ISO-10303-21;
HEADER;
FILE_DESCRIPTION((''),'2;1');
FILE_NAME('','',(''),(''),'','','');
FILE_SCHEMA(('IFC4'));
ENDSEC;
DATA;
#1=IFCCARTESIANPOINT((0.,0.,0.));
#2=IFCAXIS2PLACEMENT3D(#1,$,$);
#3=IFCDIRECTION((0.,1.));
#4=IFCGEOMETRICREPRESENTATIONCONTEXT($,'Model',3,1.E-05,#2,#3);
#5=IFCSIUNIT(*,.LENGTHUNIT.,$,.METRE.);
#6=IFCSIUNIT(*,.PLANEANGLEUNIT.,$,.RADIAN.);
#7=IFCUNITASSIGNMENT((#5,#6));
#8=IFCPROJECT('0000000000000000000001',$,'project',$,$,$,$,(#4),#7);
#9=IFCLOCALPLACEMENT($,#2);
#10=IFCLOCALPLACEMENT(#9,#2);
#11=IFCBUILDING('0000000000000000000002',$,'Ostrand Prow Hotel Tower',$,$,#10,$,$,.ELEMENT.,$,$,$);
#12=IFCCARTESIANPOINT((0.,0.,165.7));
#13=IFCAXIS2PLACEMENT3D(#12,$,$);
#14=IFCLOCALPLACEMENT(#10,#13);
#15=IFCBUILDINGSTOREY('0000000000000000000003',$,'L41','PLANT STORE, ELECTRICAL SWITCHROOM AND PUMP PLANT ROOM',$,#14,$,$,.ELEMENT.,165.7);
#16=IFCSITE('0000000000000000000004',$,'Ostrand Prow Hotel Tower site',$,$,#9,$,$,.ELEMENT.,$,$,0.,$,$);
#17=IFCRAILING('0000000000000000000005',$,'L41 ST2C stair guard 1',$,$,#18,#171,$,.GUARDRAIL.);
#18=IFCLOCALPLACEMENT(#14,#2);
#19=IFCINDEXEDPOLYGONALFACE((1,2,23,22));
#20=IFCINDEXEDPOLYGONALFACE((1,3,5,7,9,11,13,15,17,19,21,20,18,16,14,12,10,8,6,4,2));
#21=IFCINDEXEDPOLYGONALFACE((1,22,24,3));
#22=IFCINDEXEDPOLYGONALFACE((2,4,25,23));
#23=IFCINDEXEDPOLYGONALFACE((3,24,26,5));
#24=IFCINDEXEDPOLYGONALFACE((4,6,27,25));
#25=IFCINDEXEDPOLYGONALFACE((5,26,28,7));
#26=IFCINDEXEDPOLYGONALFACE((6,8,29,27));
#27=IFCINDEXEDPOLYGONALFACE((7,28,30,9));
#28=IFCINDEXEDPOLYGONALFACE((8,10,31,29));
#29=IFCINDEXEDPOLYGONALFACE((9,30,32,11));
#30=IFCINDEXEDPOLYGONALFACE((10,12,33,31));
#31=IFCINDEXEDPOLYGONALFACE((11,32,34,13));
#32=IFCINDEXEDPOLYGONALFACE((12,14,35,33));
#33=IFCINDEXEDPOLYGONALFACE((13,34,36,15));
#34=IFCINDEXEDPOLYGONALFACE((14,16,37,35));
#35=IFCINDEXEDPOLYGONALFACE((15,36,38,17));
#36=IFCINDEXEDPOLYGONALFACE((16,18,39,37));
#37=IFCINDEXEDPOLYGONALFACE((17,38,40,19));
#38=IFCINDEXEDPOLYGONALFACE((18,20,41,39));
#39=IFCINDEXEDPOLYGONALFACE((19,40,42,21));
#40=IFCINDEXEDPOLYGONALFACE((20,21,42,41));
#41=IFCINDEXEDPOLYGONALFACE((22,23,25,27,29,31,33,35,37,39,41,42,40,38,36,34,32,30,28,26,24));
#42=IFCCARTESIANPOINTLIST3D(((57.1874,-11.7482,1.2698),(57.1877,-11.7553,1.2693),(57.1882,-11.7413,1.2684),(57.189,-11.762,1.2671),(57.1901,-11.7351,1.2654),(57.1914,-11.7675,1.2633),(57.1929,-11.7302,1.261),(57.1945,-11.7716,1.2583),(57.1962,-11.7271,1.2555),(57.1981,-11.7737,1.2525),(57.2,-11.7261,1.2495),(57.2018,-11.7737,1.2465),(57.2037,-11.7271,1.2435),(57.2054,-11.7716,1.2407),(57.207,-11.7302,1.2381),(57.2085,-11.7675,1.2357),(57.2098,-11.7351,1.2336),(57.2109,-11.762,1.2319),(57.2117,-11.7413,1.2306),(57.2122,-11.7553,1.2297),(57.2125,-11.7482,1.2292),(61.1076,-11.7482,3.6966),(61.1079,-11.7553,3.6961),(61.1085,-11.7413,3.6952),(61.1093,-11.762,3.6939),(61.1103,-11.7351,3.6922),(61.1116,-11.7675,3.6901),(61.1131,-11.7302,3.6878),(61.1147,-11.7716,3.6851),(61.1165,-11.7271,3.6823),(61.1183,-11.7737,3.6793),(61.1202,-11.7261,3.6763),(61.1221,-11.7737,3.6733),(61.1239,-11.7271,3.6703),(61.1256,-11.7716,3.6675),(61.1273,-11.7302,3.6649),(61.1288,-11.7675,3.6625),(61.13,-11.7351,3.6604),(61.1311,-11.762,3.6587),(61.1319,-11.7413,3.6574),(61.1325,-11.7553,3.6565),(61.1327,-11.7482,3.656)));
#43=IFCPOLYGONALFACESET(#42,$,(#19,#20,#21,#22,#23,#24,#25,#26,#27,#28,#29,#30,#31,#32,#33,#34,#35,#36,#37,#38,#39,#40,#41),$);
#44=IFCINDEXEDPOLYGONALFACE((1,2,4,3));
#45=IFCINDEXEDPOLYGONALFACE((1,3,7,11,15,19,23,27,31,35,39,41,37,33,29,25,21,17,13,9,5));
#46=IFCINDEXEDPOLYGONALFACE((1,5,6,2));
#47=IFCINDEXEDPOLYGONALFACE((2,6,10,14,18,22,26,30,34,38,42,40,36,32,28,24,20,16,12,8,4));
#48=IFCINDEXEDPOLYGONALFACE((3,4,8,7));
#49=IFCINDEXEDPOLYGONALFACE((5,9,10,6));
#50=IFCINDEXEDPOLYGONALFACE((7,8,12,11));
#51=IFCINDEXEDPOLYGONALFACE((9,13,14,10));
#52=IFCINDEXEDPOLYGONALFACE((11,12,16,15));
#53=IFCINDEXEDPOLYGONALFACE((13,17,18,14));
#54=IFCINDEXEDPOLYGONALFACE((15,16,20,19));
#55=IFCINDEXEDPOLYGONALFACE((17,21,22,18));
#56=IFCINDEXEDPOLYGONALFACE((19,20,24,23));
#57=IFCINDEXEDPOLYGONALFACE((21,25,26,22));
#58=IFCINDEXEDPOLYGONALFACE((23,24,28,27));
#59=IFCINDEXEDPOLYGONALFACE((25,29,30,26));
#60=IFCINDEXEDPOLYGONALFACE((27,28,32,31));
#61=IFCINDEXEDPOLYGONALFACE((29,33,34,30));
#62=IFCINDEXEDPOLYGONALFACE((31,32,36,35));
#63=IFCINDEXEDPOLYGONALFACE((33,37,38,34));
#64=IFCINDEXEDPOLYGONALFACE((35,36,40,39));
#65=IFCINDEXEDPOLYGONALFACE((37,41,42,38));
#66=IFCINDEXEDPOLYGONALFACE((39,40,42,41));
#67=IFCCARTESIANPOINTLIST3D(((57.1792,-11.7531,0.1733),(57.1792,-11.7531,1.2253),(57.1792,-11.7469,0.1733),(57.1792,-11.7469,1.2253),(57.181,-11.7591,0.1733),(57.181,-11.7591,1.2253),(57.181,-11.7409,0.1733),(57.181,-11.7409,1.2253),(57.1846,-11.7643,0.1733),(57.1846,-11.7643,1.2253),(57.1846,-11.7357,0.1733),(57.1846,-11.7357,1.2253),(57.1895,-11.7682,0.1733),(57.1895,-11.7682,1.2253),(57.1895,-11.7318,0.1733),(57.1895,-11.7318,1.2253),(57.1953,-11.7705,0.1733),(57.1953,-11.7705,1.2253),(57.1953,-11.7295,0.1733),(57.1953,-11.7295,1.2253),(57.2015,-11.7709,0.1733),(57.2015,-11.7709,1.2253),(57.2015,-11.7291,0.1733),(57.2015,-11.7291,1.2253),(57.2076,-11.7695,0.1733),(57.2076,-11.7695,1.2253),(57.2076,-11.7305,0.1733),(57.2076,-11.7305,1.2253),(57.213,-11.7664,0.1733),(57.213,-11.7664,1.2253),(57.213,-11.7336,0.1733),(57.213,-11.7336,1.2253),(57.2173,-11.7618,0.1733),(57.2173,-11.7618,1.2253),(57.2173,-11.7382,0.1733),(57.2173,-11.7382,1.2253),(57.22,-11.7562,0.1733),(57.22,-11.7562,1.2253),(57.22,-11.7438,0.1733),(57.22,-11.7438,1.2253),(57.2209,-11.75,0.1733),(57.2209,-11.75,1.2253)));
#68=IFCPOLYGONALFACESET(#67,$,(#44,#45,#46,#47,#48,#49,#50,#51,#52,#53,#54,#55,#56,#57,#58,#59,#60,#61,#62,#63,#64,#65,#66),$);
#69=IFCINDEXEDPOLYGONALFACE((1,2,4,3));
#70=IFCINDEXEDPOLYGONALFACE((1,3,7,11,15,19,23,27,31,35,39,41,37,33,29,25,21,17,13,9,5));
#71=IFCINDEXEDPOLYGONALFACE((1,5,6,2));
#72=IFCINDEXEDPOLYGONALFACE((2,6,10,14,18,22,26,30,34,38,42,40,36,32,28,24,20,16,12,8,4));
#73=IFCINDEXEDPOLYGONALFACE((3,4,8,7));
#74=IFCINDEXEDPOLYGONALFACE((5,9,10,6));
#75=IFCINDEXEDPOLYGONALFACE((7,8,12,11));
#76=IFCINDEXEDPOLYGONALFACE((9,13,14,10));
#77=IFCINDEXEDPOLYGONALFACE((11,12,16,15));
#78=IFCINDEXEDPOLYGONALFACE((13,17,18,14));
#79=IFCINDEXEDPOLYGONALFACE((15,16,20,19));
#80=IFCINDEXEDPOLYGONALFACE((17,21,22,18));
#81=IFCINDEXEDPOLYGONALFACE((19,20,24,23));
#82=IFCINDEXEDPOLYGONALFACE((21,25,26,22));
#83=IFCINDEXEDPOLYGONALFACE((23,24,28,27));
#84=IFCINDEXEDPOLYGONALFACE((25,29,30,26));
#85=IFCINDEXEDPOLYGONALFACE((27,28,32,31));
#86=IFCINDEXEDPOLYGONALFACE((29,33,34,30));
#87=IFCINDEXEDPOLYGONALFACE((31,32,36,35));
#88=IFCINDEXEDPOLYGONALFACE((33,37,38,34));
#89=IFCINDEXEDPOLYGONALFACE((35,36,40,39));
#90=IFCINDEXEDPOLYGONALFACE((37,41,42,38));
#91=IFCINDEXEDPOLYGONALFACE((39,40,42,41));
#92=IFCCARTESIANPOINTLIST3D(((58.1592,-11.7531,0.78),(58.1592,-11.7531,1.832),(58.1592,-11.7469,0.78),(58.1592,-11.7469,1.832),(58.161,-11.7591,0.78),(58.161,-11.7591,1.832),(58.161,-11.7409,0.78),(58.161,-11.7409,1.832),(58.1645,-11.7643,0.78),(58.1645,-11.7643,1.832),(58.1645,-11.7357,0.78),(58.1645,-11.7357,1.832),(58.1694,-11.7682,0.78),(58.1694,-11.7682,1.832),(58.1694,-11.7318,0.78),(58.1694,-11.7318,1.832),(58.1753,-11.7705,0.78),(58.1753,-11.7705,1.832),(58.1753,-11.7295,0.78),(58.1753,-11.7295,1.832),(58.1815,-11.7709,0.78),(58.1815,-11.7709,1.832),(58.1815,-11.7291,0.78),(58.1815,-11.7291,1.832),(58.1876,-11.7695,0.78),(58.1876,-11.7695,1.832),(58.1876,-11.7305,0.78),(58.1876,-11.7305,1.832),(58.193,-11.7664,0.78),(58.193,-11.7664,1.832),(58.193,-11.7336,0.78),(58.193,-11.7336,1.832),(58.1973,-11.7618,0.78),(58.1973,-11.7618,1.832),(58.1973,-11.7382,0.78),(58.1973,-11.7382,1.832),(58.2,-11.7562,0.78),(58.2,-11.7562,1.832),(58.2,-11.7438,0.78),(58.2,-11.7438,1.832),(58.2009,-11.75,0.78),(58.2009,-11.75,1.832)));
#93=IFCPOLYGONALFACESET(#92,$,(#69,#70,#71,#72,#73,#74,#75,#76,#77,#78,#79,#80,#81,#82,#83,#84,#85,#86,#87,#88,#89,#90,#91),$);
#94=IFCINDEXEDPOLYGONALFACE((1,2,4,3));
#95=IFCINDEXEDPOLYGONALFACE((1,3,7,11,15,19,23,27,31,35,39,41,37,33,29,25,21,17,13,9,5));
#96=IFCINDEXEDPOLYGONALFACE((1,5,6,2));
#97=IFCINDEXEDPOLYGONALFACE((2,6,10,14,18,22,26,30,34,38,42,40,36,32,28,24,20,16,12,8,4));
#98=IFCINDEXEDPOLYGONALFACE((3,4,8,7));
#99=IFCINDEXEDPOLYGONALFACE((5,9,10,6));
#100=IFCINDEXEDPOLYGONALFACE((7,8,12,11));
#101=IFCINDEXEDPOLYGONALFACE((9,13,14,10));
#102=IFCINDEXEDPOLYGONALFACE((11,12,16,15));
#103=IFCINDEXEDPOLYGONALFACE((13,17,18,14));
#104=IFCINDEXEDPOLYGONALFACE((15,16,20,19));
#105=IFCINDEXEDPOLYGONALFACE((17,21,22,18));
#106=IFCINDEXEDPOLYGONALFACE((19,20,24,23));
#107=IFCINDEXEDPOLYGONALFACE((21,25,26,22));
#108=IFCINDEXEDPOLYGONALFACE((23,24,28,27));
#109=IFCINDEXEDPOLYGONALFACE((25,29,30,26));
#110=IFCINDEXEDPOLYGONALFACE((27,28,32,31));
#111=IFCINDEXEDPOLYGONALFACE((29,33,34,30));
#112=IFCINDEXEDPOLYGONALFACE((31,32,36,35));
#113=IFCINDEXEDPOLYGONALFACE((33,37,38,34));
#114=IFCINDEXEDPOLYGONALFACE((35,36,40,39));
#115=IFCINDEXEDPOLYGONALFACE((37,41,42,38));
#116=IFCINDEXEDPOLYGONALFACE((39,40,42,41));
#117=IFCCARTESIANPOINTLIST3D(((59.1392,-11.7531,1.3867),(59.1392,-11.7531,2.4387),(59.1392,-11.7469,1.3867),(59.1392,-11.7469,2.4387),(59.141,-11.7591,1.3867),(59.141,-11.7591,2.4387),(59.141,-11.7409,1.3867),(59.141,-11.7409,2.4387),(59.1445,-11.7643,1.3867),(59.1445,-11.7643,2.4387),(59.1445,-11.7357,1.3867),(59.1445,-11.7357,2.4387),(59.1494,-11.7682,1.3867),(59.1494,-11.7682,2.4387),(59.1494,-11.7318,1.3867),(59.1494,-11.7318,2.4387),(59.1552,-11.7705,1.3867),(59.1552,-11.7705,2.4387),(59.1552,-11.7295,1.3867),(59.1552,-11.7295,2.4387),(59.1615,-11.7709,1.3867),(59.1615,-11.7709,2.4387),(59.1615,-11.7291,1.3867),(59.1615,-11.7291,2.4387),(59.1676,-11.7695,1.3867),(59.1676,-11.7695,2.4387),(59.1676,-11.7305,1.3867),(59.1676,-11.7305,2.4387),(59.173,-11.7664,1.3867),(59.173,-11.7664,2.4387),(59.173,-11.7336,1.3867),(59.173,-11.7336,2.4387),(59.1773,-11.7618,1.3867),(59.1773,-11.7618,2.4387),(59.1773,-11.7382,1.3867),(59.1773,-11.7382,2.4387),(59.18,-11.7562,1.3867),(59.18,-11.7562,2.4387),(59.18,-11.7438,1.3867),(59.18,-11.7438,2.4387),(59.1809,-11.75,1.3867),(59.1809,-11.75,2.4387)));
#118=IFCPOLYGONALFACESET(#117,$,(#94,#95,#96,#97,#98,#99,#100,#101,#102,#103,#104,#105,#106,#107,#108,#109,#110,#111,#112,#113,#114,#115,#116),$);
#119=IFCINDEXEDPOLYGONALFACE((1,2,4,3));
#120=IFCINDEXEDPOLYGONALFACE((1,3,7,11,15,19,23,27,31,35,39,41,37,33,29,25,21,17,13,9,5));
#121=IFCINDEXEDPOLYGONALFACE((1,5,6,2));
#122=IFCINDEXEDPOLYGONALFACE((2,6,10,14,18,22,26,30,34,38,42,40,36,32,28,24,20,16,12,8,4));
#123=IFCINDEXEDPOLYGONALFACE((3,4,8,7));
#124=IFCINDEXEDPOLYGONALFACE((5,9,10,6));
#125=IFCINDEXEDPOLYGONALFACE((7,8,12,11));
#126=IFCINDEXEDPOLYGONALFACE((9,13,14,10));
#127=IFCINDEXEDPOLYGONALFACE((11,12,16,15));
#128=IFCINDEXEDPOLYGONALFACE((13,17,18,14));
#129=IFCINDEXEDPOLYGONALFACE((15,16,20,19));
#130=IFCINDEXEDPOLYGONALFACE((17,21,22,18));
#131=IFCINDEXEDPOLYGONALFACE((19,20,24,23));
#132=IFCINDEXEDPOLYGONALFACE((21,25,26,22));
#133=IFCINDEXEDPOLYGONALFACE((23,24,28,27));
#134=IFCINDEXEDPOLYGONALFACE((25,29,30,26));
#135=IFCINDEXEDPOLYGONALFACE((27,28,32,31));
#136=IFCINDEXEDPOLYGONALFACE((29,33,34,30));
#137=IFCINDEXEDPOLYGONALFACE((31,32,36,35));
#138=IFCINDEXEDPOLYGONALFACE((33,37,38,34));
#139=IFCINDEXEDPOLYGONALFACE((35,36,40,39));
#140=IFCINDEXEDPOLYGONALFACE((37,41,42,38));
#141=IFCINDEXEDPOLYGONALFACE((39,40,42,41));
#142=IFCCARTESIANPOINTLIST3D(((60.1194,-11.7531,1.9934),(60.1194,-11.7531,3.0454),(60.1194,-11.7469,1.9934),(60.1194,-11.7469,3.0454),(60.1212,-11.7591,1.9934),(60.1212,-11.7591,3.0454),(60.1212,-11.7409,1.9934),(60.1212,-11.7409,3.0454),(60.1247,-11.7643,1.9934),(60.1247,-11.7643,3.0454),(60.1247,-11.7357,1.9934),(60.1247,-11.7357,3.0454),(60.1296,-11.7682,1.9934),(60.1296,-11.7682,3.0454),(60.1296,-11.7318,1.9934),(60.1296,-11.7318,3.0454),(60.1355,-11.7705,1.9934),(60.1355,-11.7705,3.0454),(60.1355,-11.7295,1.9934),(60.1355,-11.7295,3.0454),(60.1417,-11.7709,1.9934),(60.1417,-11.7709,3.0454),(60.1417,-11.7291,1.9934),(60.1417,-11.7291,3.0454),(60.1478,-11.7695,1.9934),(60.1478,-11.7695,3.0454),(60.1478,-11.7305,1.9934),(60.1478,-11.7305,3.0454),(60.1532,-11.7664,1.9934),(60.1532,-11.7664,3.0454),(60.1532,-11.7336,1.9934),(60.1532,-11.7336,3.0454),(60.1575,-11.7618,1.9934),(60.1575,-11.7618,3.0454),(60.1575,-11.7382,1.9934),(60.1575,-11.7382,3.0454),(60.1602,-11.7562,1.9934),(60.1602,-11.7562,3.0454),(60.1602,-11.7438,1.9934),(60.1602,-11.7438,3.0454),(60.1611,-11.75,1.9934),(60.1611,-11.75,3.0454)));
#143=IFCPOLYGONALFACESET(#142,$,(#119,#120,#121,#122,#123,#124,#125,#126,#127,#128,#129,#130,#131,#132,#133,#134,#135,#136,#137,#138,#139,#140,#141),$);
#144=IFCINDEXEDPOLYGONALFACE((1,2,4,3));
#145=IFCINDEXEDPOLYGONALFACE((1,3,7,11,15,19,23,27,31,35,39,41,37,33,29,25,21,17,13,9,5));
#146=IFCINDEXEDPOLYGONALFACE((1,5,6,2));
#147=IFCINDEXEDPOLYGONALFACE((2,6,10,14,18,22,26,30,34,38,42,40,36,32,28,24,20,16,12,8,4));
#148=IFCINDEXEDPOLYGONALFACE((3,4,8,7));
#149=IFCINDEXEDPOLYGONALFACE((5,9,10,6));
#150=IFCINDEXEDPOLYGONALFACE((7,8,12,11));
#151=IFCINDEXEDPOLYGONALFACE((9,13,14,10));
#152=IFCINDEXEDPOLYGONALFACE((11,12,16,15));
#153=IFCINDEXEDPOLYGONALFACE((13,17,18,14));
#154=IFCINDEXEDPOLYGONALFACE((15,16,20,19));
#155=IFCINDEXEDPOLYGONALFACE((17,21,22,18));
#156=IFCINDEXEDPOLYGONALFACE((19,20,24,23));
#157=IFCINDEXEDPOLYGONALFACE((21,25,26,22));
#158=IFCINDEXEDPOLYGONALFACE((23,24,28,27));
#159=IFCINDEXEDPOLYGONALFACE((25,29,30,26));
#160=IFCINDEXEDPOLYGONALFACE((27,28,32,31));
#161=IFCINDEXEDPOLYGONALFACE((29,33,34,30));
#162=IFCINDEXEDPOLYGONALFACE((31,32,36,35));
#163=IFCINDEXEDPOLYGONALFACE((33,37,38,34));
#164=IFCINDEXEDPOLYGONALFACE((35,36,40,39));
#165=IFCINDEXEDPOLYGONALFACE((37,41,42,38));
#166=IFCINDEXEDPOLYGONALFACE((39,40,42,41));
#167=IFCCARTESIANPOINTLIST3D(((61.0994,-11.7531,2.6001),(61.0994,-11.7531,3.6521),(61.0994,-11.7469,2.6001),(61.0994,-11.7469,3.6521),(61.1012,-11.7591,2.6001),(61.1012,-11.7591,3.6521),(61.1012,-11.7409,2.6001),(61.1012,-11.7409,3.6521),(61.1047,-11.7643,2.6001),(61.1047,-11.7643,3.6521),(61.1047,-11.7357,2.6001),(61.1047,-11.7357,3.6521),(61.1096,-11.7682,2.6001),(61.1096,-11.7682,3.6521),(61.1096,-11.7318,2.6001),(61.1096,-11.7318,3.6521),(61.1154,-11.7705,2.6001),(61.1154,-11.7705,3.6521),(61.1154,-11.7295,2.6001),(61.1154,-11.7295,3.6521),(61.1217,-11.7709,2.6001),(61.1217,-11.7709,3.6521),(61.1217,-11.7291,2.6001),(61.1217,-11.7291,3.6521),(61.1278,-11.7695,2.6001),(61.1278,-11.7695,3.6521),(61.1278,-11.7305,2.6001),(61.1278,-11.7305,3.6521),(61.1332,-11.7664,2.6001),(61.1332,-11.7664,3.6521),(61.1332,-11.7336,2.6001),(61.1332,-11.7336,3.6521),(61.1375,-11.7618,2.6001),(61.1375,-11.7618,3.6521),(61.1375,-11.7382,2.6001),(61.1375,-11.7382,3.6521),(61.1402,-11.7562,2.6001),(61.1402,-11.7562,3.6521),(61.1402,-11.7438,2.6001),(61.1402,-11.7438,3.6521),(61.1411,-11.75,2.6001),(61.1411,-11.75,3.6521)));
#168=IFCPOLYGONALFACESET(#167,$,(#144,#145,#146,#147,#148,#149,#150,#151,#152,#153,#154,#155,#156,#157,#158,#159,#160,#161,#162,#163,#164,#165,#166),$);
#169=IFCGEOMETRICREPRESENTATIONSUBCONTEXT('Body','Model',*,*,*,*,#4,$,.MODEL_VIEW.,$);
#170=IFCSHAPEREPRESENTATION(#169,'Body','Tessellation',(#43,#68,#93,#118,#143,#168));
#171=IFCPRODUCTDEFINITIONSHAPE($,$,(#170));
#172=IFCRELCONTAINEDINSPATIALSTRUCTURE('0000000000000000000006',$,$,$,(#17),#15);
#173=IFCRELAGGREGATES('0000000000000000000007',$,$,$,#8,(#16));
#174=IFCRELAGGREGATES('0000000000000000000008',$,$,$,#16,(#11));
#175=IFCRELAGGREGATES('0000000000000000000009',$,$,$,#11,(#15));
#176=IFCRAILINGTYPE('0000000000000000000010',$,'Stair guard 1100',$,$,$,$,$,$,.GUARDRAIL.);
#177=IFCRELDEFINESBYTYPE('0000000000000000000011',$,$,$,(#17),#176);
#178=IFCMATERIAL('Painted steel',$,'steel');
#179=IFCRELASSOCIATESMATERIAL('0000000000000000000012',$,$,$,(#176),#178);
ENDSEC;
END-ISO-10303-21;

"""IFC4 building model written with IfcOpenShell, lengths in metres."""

from ifc_helpers import new_model, si_unit, direction, frame, origin, origin_2d, place, context, subcontext, project, spatial, circle, extrude, material, type_object, element, save


model = new_model("IFC4")

# Units and contexts
model_context = context("Model", 3, precision=1e-05, world=origin(), true_north=direction((0.0, 1.0)))
body_context = subcontext(model_context, "Body", "Model", "MODEL_VIEW")
ifc_project = project(units=[si_unit("LENGTHUNIT", "METRE"), si_unit("PLANEANGLEUNIT", "RADIAN")], contexts=[model_context])

# Site, building, storey
site_placement = place(None, origin())
site = spatial("IfcSite", under=ifc_project, at=site_placement, Name="Ostrand Prow Hotel Tower site", CompositionType="ELEMENT", RefElevation=0.0)
building_placement = place(site_placement, origin())
building = spatial("IfcBuilding", under=site, at=building_placement, Name="Ostrand Prow Hotel Tower", CompositionType="ELEMENT")
storey_placement = place(building_placement, frame((0.0, 0.0, 165.7)))
storey = spatial("IfcBuildingStorey", under=building, at=storey_placement, Name="L41", Description="PLANT STORE, ELECTRICAL SWITCHROOM AND PUMP PLANT ROOM", CompositionType="ELEMENT", Elevation=165.7)

# Railing
ifc_material_1 = material(Name="Painted steel", Category="steel")
railing_type_1 = type_object("IfcRailingType", Name="Stair guard 1100", PredefinedType="GUARDRAIL", material=ifc_material_1)
railing_1_placement = place(storey_placement, frame((57.2, -11.75, 0.1733)))
element("IfcRailing", 1, at=railing_1_placement, inside=storey, type_object=railing_type_1, Name="L41 ST2C stair guard 1", PredefinedType="GUARDRAIL", context=body_context, shape_type="SweptSolid", body=[
    extrude(circle(Radius=0.0239, at=origin_2d()), frame((0.0, 0.0, 1.0762), z_axis=(0.850266, 0.0, 0.526353), x_axis=(0.0, 1.0, 0.0)), (0.0, 0.0, 1.0), 4.6106),
    extrude(circle(Radius=0.021, at=origin_2d()), origin(), (0.0, 0.0, 1.0), 1.052),
    extrude(circle(Radius=0.021, at=origin_2d()), frame((0.98, 0.0, 0.6067)), (0.0, 0.0, 1.0), 1.052),
    extrude(circle(Radius=0.021, at=origin_2d()), frame((1.96, 0.0, 1.2134)), (0.0, 0.0, 1.0), 1.052),
    extrude(circle(Radius=0.021, at=origin_2d()), frame((2.9402, 0.0, 1.8201)), (0.0, 0.0, 1.0), 1.052),
    extrude(circle(Radius=0.021, at=origin_2d()), frame((3.9202, 0.0, 2.4268)), (0.0, 0.0, 1.0), 1.052),
])

save(model, "model.ifc")
